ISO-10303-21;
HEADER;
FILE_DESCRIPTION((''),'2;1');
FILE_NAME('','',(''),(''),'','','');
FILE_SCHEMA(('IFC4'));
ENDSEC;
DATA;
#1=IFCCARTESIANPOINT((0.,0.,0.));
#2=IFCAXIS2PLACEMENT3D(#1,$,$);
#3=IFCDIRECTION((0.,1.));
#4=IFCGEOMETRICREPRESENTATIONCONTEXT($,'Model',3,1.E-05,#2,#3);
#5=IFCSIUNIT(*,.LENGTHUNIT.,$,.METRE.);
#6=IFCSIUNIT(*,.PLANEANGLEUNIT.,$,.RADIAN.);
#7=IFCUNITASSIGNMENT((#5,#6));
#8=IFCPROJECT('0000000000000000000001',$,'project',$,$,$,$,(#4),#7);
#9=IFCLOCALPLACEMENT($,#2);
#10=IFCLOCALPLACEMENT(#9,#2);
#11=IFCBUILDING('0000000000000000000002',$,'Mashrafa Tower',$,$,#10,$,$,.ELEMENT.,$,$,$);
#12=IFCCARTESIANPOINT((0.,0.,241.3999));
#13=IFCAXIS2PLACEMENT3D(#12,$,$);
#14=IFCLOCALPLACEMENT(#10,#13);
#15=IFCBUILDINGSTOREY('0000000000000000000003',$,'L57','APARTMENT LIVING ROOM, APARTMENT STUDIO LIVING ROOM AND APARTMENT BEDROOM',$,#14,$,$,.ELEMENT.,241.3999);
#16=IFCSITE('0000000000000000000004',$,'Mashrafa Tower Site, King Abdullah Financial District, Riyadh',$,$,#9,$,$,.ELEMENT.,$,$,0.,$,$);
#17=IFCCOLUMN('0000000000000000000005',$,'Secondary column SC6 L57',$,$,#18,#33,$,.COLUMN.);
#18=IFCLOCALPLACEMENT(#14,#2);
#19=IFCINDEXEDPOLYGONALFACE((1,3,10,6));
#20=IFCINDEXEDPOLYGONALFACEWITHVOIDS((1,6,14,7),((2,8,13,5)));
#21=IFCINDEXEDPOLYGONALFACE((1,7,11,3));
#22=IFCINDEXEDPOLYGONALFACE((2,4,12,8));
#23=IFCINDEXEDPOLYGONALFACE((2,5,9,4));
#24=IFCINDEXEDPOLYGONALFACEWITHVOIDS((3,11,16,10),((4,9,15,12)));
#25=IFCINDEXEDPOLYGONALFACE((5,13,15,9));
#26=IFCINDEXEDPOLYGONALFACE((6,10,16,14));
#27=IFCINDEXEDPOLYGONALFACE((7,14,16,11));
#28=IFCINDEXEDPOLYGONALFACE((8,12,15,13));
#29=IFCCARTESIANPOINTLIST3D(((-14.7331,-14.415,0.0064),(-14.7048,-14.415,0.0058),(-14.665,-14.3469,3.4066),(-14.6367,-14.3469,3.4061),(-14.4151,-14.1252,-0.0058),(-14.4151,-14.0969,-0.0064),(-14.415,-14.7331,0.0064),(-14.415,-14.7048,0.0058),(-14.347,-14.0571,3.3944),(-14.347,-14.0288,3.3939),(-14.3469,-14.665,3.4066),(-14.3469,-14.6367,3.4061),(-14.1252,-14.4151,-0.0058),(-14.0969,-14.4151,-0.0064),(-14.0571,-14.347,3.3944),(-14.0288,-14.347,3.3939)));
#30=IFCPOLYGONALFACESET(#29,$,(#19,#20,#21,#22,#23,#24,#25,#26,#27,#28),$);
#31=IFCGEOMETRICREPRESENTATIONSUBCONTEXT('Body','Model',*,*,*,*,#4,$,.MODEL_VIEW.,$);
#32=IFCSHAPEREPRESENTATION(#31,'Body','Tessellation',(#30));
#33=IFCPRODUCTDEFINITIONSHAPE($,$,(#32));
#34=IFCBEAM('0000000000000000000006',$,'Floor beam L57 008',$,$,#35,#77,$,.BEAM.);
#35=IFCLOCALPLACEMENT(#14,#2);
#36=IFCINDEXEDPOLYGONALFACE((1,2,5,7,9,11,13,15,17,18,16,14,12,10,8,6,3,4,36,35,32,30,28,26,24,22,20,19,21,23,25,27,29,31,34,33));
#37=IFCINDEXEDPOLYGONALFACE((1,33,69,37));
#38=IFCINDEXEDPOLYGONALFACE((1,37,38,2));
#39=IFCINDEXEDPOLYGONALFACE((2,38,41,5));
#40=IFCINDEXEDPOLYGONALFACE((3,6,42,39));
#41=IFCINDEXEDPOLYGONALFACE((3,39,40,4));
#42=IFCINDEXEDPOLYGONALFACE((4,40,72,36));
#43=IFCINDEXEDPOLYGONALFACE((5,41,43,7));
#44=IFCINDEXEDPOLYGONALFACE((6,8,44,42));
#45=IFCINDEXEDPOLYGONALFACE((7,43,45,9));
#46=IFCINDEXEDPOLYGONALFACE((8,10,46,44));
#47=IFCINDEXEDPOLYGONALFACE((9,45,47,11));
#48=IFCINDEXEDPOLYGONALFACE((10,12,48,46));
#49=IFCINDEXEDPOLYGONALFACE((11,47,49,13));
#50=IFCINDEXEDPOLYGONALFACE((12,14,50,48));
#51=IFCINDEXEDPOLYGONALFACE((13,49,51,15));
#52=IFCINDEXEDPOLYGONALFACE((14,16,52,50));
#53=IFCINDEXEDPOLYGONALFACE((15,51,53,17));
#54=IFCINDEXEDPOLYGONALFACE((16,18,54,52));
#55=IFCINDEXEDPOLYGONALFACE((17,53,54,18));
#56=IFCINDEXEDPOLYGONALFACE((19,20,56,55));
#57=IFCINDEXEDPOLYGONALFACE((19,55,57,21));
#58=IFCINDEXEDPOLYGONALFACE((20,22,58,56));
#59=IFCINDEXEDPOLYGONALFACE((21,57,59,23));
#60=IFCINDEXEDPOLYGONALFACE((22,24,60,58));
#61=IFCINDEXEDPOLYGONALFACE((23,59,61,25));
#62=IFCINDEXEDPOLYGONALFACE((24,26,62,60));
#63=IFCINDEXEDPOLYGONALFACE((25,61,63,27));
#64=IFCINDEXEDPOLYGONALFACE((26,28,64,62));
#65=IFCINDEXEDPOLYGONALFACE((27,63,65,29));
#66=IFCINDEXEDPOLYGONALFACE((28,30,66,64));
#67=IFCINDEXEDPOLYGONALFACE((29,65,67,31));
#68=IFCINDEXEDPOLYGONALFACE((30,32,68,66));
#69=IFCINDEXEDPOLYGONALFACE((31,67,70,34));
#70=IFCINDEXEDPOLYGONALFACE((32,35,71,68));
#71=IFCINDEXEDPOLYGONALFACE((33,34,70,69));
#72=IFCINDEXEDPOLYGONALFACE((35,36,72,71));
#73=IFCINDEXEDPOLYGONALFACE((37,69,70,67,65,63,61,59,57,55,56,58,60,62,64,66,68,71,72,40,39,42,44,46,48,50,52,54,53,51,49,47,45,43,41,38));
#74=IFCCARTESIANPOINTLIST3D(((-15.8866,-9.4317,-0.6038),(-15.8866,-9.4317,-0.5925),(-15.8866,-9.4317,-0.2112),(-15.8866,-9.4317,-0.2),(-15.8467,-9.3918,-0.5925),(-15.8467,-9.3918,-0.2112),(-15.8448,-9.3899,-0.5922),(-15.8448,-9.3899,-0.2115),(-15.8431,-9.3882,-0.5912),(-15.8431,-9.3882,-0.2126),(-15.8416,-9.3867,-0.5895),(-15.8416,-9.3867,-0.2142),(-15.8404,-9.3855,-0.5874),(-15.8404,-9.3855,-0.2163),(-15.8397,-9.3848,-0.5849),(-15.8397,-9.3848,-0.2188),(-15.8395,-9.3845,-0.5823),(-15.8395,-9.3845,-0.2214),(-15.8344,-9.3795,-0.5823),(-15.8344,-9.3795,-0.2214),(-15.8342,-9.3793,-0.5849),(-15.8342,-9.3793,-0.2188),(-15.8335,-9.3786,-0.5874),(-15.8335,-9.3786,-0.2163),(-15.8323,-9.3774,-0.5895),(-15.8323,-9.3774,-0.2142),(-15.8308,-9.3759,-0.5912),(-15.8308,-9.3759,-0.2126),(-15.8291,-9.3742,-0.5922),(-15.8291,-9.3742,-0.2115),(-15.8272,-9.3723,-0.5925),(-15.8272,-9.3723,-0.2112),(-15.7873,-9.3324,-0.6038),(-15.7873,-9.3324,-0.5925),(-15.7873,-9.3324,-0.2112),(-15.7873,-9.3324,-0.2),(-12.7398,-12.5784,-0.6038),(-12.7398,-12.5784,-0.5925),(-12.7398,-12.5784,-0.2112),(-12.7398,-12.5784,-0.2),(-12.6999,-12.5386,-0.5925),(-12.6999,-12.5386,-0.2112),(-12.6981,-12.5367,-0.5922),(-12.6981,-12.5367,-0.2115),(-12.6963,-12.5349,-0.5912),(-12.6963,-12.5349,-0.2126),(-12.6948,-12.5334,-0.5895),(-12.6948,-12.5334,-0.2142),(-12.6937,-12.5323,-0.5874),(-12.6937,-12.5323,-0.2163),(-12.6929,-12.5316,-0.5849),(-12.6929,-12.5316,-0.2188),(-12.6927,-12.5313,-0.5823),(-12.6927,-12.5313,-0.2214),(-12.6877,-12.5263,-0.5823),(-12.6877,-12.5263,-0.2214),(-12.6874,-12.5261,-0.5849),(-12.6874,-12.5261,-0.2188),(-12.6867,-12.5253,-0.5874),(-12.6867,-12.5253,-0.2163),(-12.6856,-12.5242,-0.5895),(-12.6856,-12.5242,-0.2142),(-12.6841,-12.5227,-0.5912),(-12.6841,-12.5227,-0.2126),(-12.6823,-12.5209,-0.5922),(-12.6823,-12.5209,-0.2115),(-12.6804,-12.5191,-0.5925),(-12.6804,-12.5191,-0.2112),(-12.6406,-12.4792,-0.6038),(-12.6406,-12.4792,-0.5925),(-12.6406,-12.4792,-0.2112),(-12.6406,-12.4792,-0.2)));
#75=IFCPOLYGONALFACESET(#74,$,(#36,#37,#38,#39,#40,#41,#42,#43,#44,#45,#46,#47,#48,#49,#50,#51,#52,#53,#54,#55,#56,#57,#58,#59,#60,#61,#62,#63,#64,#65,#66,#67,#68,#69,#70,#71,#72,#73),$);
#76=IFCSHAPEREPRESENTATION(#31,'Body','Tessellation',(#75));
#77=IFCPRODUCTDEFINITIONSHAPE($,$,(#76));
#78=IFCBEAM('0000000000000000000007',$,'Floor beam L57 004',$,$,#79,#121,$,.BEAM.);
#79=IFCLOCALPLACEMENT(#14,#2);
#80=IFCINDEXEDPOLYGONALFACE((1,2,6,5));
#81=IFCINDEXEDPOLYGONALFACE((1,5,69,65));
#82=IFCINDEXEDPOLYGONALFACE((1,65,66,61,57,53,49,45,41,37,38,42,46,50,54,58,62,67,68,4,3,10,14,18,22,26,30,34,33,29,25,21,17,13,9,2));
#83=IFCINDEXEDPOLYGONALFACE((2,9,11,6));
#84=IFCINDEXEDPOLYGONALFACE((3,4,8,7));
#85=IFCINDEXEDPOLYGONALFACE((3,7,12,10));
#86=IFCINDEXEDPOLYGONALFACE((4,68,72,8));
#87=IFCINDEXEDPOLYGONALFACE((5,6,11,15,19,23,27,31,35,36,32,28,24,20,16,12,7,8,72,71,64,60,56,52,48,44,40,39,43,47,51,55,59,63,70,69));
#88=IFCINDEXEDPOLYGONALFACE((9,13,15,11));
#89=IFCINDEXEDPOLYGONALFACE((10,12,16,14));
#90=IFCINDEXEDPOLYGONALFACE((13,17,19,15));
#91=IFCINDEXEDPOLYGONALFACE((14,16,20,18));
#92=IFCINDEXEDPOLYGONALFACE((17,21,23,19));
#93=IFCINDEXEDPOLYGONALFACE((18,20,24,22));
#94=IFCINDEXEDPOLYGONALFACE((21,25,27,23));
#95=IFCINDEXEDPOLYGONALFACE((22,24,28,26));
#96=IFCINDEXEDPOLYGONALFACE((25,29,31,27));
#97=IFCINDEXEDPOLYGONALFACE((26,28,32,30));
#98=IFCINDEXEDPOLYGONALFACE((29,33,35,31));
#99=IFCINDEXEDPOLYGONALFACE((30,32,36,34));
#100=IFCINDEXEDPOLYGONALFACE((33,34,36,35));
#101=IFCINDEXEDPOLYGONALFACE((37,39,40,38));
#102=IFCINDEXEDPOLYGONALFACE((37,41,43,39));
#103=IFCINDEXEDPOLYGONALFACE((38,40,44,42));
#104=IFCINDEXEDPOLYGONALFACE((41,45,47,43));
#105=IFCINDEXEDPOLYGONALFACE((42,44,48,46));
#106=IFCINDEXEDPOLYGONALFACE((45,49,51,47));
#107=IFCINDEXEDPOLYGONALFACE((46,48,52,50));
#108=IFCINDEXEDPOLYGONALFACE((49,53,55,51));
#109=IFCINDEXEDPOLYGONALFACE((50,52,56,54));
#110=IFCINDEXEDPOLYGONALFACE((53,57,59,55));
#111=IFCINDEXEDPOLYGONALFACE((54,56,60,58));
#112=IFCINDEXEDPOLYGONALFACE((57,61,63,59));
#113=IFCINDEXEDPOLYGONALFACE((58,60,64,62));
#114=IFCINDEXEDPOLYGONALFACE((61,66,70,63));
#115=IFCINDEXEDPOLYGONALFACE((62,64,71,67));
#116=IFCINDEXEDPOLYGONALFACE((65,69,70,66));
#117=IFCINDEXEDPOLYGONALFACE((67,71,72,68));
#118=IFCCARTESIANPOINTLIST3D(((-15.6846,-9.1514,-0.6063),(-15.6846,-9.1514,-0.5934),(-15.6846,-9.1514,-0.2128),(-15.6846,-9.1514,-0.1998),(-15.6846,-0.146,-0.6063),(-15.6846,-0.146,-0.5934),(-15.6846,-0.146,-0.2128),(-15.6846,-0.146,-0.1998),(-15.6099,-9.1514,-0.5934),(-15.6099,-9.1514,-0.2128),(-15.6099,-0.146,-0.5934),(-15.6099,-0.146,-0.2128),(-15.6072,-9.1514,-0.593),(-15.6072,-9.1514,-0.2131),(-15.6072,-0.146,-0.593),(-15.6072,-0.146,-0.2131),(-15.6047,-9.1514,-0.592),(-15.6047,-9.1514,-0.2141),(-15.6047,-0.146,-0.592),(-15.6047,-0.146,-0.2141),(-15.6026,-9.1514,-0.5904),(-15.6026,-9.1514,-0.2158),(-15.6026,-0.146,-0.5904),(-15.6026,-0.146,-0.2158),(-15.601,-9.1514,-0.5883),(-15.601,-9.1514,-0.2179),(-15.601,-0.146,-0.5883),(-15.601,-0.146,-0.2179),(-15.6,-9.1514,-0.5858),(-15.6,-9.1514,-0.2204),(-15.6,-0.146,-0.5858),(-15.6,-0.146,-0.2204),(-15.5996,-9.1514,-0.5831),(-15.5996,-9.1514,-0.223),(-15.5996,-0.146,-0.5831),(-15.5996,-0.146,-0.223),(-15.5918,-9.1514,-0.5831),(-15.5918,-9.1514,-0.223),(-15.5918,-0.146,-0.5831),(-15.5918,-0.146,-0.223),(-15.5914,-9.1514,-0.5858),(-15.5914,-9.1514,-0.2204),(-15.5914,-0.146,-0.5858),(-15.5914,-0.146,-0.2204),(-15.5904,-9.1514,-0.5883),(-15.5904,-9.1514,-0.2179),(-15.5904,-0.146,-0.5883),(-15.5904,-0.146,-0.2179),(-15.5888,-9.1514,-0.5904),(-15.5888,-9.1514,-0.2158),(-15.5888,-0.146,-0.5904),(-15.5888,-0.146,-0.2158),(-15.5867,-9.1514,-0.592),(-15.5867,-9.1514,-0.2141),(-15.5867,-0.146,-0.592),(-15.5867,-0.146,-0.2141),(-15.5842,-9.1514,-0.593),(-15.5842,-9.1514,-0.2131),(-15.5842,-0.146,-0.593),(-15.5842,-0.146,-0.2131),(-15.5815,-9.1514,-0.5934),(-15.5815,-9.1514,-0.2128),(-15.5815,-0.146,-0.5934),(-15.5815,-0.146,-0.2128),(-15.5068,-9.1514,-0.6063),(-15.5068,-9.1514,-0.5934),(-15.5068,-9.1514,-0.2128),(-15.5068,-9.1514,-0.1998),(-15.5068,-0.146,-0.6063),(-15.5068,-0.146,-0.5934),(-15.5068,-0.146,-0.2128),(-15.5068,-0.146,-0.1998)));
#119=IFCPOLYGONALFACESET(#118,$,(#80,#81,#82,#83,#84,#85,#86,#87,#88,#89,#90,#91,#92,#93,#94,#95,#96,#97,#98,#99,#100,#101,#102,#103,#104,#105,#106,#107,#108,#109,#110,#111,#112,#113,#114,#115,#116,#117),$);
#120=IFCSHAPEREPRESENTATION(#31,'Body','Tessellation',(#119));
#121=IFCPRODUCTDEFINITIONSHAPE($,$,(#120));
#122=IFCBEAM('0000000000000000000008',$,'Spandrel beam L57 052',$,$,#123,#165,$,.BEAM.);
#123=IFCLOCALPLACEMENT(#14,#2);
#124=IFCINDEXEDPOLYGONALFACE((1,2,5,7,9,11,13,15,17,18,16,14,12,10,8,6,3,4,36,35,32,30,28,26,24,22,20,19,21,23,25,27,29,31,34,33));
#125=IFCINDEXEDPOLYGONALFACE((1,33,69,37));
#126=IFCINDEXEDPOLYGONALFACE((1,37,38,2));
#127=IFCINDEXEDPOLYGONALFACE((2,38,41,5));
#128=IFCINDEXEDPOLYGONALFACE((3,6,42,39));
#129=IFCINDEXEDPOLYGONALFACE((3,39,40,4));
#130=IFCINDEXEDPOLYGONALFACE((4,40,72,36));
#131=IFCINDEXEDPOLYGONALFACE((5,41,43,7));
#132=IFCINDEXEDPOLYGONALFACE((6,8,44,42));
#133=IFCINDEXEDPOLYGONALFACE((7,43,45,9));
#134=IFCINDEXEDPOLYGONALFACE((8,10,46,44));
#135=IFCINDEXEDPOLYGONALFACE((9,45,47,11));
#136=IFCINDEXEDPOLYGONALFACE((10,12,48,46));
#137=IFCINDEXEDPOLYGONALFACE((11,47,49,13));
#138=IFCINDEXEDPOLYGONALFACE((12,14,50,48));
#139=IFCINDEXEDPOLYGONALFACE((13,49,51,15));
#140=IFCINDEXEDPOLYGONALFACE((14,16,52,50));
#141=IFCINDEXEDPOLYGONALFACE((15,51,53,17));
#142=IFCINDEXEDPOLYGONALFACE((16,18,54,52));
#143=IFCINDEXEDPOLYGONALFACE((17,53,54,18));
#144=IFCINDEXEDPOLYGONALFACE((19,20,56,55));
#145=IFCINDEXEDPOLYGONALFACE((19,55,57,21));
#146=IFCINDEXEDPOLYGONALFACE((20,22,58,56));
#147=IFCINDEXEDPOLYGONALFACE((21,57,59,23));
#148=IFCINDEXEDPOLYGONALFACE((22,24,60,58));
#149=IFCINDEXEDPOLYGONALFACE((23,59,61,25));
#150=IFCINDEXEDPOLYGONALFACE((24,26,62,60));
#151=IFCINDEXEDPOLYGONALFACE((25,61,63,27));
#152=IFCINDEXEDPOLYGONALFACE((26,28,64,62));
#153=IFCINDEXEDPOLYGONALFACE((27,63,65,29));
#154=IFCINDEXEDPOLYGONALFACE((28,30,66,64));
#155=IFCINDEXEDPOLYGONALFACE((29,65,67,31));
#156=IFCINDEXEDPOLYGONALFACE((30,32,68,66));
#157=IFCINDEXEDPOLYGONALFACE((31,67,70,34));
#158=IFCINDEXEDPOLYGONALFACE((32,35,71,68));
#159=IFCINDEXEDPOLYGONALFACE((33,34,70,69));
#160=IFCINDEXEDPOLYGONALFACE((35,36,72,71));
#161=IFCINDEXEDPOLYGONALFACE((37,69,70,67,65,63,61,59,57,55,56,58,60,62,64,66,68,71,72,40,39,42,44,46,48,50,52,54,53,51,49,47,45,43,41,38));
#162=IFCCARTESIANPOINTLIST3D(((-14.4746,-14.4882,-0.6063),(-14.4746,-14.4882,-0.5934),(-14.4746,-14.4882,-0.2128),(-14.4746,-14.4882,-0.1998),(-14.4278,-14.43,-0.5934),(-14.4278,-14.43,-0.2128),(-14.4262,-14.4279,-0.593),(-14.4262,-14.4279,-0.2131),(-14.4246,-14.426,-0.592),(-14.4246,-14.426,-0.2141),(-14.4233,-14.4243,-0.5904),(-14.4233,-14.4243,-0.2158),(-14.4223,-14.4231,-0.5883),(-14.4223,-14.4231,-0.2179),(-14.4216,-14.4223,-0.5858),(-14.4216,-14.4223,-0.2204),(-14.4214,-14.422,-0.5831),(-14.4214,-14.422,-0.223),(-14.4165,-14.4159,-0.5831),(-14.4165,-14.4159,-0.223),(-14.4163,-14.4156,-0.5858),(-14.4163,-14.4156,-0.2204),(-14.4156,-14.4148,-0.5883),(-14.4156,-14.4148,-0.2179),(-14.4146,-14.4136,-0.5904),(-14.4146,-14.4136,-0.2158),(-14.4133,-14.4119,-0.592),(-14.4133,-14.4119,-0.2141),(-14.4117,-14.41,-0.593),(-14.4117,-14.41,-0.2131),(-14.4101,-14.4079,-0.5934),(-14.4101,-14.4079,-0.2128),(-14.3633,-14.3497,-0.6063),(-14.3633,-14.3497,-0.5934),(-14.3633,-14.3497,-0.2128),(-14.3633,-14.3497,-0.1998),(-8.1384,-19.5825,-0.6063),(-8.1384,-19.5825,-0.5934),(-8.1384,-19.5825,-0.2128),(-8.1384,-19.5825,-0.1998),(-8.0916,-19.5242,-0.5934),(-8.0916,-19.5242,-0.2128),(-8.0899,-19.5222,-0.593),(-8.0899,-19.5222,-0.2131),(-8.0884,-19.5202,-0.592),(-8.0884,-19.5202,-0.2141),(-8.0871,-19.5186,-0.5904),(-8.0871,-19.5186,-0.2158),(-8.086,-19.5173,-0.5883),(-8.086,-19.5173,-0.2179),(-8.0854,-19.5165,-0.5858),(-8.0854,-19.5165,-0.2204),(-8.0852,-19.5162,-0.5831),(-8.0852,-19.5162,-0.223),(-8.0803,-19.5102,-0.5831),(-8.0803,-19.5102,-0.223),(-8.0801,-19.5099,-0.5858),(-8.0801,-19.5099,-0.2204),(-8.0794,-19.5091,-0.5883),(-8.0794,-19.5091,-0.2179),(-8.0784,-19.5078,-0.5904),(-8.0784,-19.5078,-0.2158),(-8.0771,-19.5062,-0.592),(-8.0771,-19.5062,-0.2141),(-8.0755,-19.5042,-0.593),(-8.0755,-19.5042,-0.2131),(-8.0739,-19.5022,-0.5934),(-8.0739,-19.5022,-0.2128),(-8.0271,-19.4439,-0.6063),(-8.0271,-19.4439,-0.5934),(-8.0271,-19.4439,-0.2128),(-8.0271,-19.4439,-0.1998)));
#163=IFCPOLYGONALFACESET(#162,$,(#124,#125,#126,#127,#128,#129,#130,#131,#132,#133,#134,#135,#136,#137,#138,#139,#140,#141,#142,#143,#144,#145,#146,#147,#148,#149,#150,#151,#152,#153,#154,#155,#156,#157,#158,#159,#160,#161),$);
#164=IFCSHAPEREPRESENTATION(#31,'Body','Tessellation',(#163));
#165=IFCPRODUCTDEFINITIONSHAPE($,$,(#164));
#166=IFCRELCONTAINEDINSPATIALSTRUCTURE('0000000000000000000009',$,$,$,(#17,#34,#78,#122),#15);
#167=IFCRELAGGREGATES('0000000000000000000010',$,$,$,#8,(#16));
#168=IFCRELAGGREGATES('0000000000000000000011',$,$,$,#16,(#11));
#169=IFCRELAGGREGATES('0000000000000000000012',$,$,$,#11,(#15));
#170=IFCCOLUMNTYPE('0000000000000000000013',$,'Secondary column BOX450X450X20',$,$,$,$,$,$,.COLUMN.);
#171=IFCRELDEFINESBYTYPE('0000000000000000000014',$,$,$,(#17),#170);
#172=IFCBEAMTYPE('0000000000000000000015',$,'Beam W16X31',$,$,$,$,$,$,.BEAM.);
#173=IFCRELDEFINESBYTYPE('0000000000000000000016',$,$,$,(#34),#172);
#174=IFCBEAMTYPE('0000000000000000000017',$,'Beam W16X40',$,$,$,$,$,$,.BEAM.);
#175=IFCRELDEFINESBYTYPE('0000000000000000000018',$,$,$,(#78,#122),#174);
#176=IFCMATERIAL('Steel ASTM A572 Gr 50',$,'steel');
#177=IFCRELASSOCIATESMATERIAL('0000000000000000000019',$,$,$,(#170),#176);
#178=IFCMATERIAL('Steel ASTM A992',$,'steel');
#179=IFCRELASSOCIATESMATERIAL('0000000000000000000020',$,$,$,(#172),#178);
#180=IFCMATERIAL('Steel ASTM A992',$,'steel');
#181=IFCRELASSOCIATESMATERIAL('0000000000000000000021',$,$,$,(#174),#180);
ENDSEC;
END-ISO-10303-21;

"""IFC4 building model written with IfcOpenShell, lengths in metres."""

from ifc_helpers import new_model, si_unit, direction, frame, origin, origin_2d, place, context, subcontext, project, spatial, hollow_rectangle, i_section, extrude, material, material_profile, profile_set, type_object, element, save


model = new_model("IFC4")

# Units and contexts
model_context = context("Model", 3, precision=1e-05, world=origin(), true_north=direction((0.0, 1.0)))
body_context = subcontext(model_context, "Body", "Model", "MODEL_VIEW")
ifc_project = project(units=[si_unit("LENGTHUNIT", "METRE"), si_unit("PLANEANGLEUNIT", "RADIAN")], contexts=[model_context])

# Site, building, storey
site_placement = place(None, origin())
site = spatial("IfcSite", under=ifc_project, at=site_placement, Name="Mashrafa Tower Site, King Abdullah Financial District, Riyadh", CompositionType="ELEMENT", RefElevation=0.0)
building_placement = place(site_placement, origin())
building = spatial("IfcBuilding", under=site, at=building_placement, Name="Mashrafa Tower", CompositionType="ELEMENT")
storey_placement = place(building_placement, frame((0.0, 0.0, 241.3999)))
storey = spatial("IfcBuildingStorey", under=building, at=storey_placement, Name="L57", Description="APARTMENT LIVING ROOM, APARTMENT STUDIO LIVING ROOM AND APARTMENT BEDROOM", CompositionType="ELEMENT", Elevation=241.3999)

# Column
ifc_material_1 = material(Name="Steel ASTM A572 Gr 50", Category="steel")
ifc_material_profile_1 = material_profile(ifc_material_1, hollow_rectangle(XDim=0.45, YDim=0.45, WallThickness=0.02, at=origin_2d()), Name="BOX450X450X20")
ifc_profile_set_1 = profile_set([ifc_material_profile_1], Name="Steel ASTM A572 Gr 50")
column_type = type_object("IfcColumnType", Name="Secondary column BOX450X450X20", PredefinedType="COLUMN", material=ifc_profile_set_1)
column_placement = place(storey_placement, frame((-14.415, -14.415, 0.0), z_axis=(0.020025, 0.020025, 0.999599), x_axis=(-0.707107, 0.707107, 0.0)))
element("IfcColumn", 1, at=column_placement, inside=storey, type_object=column_type, Name="Secondary column SC6 L57", PredefinedType="COLUMN", context=body_context, shape_type="SweptSolid", body=[
    extrude(hollow_rectangle(XDim=0.45, YDim=0.45, WallThickness=0.02, at=origin_2d()), origin(), (0.0, 0.0, 1.0), 3.4016),
])

# Beams
ifc_material_2 = material(Name="Steel ASTM A992", Category="steel")
ifc_material_profile_2 = material_profile(ifc_material_2, i_section(OverallWidth=0.1404, OverallDepth=0.4038, WebThickness=0.0071, FlangeThickness=0.0112, FilletRadius=0.0103, at=origin_2d()), Name="W16X31")
ifc_profile_set_2 = profile_set([ifc_material_profile_2], Name="Steel ASTM A992")
beam_type_1 = type_object("IfcBeamType", Name="Beam W16X31", PredefinedType="BEAM", material=ifc_profile_set_2)
beam_1_placement = place(storey_placement, frame((-12.6902, -12.5288, -0.4019), z_axis=(-0.707107, 0.707107, 0.0), x_axis=(-0.707107, -0.707107, 0.0)))
element("IfcBeam", 2, at=beam_1_placement, inside=storey, type_object=beam_type_1, Name="Floor beam L57 008", PredefinedType="BEAM", context=body_context, shape_type="SweptSolid", body=[
    extrude(i_section(OverallWidth=0.1404, OverallDepth=0.4038, WebThickness=0.0071, FlangeThickness=0.0112, FilletRadius=0.0103, at=origin_2d()), origin(), (0.0, 0.0, 1.0), 4.4502),
])
ifc_material_3 = material(Name="Steel ASTM A992", Category="steel")
ifc_material_profile_3 = material_profile(ifc_material_3, i_section(OverallWidth=0.1777, OverallDepth=0.4065, WebThickness=0.0078, FlangeThickness=0.0129, FilletRadius=0.0103, at=origin_2d()), Name="W16X40")
ifc_profile_set_3 = profile_set([ifc_material_profile_3], Name="Steel ASTM A992")
beam_type_2 = type_object("IfcBeamType", Name="Beam W16X40", PredefinedType="BEAM", material=ifc_profile_set_3)
beam_2_placement = place(storey_placement, frame((-15.5957, -9.1514, -0.4031), z_axis=(0.0, 1.0, 0.0), x_axis=(-1.0, 0.0, 0.0)))
element("IfcBeam", 3, at=beam_2_placement, inside=storey, type_object=beam_type_2, Name="Floor beam L57 004", PredefinedType="BEAM", context=body_context, shape_type="SweptSolid", body=[
    extrude(i_section(OverallWidth=0.1777, OverallDepth=0.4065, WebThickness=0.0078, FlangeThickness=0.0129, FilletRadius=0.0103, at=origin_2d()), origin(), (0.0, 0.0, 1.0), 9.0054),
])
beam_3_placement = place(storey_placement, frame((-14.4189, -14.4189, -0.4031), z_axis=(0.779349, -0.62659, 0.0), x_axis=(0.62659, 0.779349, 0.0)))
element("IfcBeam", 4, at=beam_3_placement, inside=storey, type_object=beam_type_2, Name="Spandrel beam L57 052", PredefinedType="BEAM", context=body_context, shape_type="SweptSolid", body=[
    extrude(i_section(OverallWidth=0.1777, OverallDepth=0.4065, WebThickness=0.0078, FlangeThickness=0.0129, FilletRadius=0.0103, at=origin_2d()), origin(), (0.0, 0.0, 1.0), 8.1301),
])

save(model, "model.ifc")
